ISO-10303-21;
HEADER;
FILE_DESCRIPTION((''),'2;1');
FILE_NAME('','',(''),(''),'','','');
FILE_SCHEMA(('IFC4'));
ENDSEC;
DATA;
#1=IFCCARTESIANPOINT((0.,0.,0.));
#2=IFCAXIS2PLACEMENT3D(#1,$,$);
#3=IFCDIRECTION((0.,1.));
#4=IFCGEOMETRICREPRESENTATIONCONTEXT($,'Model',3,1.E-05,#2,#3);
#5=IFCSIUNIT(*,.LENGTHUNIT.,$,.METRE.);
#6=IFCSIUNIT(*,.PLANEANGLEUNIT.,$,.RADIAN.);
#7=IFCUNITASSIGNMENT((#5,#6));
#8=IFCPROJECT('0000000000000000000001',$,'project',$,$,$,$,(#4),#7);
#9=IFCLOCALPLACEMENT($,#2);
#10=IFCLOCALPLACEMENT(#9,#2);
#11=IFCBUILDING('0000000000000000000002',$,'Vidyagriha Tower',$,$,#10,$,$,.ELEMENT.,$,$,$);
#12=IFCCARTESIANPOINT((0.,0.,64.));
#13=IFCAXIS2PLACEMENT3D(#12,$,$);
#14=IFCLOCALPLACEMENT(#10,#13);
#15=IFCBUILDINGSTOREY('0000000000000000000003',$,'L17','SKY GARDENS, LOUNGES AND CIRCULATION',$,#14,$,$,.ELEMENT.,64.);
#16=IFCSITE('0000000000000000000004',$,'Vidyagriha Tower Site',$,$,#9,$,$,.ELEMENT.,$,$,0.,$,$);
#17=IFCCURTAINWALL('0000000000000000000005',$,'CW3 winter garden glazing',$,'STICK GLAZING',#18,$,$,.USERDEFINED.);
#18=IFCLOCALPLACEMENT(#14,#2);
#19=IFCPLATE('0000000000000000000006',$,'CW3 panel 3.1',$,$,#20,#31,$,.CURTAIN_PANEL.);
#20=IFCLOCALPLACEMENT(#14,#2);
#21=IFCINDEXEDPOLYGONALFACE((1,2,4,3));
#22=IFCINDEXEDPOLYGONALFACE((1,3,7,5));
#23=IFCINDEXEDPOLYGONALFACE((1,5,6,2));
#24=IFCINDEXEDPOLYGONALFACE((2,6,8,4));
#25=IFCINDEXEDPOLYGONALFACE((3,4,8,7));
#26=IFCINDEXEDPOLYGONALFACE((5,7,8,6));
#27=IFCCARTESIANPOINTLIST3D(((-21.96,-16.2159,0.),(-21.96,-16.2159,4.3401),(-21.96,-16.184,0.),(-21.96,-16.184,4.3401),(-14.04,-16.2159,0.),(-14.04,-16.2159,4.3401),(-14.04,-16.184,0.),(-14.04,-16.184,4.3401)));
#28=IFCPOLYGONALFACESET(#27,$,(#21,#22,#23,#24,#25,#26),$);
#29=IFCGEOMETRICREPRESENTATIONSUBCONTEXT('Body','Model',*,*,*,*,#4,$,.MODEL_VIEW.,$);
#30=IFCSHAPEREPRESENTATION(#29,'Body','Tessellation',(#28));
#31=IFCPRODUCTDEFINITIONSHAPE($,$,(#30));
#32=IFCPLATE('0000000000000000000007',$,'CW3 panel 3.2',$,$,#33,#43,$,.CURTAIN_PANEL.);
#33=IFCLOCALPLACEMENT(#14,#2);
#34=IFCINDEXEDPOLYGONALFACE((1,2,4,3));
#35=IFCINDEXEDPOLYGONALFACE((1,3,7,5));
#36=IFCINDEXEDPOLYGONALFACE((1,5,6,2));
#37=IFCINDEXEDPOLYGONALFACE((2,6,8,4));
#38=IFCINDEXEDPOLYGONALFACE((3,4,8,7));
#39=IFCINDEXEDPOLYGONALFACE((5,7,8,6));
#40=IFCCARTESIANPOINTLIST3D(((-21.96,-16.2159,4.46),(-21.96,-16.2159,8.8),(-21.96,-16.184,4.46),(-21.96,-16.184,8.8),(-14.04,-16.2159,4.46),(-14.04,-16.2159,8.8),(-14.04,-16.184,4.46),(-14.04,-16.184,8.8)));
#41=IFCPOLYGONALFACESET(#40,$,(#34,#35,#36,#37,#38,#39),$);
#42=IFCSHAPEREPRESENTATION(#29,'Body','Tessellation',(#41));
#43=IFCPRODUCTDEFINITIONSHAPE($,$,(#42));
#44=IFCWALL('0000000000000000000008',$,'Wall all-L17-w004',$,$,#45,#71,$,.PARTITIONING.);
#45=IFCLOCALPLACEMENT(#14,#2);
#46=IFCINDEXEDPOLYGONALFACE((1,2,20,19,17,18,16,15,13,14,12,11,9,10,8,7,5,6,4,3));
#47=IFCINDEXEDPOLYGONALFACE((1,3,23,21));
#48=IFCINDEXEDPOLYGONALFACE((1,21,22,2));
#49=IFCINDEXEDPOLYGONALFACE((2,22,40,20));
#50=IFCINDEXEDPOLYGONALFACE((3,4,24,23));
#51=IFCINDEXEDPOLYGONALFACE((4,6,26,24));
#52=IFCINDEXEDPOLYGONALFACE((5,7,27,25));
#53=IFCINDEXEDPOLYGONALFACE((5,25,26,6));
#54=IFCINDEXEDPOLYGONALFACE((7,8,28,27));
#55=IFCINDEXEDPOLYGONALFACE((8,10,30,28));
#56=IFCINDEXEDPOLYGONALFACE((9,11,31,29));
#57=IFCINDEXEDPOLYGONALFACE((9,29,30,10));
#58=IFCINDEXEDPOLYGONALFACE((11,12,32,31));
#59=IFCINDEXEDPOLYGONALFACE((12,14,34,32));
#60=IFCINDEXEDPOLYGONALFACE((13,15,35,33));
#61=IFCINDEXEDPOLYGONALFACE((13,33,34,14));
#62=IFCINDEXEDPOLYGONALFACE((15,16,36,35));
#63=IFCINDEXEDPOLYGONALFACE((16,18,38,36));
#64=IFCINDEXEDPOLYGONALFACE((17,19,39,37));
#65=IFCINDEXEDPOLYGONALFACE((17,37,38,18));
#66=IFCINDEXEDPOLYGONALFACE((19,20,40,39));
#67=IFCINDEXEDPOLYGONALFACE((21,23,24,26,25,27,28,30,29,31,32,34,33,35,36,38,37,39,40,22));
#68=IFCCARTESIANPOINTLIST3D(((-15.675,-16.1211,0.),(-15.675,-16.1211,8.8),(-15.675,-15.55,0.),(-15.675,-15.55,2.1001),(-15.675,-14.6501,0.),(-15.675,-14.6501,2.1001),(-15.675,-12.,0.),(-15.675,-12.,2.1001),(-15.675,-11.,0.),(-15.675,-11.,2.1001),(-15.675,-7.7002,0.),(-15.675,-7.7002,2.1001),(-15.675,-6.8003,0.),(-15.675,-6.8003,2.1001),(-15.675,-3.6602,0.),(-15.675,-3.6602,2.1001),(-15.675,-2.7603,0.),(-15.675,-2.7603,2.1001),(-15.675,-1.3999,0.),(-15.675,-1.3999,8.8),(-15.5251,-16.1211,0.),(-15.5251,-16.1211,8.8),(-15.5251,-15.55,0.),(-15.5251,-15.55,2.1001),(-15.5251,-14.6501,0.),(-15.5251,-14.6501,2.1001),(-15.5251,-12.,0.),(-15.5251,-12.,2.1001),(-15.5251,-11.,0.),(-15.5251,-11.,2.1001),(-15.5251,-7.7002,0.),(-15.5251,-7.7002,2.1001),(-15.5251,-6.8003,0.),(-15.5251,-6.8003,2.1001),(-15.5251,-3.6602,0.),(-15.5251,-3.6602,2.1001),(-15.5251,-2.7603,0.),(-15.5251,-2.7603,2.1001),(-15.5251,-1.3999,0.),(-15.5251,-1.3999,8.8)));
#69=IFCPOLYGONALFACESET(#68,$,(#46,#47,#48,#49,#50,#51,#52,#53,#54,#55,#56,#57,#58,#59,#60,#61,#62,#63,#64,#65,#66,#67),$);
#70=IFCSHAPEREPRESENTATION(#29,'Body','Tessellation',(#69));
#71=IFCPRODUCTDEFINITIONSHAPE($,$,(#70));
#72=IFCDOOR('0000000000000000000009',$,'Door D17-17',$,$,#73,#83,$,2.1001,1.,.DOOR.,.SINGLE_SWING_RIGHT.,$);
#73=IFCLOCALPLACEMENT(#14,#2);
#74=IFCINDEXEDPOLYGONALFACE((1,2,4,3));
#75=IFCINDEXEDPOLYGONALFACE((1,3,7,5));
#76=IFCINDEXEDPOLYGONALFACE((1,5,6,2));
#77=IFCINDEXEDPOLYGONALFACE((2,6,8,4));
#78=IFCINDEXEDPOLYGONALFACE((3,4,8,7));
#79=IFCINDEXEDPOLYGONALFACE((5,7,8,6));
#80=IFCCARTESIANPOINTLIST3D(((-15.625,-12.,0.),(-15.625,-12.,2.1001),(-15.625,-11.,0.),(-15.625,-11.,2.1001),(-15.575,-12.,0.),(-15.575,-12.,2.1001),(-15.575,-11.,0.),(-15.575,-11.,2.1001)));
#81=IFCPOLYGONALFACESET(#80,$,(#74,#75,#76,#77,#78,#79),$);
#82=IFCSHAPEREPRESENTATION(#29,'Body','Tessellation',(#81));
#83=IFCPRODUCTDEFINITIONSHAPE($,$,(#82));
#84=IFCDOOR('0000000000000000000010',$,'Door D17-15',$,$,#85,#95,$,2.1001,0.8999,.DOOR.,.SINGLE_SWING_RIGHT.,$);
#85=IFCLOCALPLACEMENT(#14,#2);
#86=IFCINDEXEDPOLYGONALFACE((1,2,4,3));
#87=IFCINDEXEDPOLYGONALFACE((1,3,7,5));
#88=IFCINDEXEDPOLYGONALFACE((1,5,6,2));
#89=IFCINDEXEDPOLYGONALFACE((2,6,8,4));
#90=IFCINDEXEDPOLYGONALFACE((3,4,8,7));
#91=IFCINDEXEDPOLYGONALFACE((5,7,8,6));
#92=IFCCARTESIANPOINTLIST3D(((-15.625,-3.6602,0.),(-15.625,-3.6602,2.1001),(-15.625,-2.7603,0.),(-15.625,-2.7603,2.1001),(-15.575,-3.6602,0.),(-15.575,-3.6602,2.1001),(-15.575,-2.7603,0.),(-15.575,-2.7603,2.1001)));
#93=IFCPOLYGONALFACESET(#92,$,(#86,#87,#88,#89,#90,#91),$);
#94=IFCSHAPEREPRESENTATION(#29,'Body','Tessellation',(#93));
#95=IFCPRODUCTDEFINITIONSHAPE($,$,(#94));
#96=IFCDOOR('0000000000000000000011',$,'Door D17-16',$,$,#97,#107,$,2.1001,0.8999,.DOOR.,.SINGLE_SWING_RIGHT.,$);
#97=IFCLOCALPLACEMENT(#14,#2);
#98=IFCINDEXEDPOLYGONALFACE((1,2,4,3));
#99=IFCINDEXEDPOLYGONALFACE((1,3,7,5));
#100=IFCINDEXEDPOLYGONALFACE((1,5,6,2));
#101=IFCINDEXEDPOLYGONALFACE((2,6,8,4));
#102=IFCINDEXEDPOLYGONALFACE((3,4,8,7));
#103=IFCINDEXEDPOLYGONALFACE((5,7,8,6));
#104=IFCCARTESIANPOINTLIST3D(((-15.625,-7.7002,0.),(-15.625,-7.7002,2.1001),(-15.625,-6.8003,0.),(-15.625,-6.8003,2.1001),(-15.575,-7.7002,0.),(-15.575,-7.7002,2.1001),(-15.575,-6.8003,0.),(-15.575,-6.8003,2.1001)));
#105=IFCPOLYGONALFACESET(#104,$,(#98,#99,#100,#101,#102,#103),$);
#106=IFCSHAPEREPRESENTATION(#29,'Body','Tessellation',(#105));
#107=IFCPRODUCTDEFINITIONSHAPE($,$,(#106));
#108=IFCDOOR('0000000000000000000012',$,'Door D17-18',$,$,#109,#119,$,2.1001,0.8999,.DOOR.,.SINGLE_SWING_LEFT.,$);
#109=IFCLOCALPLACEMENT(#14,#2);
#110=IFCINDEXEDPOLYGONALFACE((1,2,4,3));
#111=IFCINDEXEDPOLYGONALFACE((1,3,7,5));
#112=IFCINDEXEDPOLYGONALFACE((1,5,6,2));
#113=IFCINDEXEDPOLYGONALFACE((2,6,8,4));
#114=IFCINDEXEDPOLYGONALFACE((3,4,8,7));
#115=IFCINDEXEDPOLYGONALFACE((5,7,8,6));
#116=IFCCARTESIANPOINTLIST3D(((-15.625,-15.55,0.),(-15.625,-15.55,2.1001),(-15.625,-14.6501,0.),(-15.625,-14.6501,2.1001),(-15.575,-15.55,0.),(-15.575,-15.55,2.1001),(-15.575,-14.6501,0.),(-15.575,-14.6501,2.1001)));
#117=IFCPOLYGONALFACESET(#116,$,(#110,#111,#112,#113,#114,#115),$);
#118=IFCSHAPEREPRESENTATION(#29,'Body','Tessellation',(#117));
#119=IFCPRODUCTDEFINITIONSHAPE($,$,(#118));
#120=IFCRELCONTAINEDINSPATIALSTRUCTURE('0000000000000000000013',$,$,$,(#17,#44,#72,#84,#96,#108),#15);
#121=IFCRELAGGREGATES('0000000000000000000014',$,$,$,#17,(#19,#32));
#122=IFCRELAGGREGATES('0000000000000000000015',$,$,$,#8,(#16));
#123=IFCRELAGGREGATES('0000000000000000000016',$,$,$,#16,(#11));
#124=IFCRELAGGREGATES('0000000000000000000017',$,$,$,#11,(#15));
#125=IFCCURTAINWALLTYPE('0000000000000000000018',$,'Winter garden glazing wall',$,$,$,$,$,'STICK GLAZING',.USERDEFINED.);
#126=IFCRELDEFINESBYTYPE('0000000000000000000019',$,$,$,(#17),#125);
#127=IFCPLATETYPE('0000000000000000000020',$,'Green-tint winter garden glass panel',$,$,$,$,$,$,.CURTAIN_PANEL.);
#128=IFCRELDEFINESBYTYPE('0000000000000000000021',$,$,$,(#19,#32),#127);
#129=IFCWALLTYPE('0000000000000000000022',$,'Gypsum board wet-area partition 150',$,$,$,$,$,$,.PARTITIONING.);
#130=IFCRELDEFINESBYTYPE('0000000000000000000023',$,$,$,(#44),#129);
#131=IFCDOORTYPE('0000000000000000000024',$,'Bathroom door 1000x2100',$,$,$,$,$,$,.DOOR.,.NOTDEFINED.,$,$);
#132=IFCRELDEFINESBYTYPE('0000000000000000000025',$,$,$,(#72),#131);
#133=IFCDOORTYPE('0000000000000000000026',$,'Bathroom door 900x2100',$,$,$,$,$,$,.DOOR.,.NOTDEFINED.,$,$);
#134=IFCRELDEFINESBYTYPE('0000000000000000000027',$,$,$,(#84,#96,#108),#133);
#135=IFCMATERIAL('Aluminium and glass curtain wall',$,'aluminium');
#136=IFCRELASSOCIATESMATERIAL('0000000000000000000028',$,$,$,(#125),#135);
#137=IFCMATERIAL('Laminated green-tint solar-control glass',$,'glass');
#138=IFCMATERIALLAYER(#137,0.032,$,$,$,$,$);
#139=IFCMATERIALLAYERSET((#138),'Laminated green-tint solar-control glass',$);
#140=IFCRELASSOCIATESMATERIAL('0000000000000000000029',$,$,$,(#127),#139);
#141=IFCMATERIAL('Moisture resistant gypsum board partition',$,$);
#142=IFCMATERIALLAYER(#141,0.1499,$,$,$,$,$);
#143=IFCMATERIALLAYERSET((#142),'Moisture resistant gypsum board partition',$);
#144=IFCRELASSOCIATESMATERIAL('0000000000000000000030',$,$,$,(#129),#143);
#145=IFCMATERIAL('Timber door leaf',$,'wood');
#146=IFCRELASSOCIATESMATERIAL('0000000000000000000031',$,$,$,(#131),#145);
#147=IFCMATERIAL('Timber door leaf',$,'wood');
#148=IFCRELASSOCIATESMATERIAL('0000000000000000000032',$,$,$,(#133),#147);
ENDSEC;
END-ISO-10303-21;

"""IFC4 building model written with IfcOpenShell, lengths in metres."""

from ifc_helpers import new_model, si_unit, direction, frame, frame_2d, origin, origin_2d, place, context, subcontext, project, spatial, rectangle, extrude, material, layer, layer_set, type_object, element, fill, aggregate, save


model = new_model("IFC4")

# Units and contexts
model_context = context("Model", 3, precision=1e-05, world=origin(), true_north=direction((0.0, 1.0)))
body_context = subcontext(model_context, "Body", "Model", "MODEL_VIEW")
ifc_project = project(units=[si_unit("LENGTHUNIT", "METRE"), si_unit("PLANEANGLEUNIT", "RADIAN")], contexts=[model_context])

# Site, building, storey
site_placement = place(None, origin())
site = spatial("IfcSite", under=ifc_project, at=site_placement, Name="Vidyagriha Tower Site", CompositionType="ELEMENT", RefElevation=0.0)
building_placement = place(site_placement, origin())
building = spatial("IfcBuilding", under=site, at=building_placement, Name="Vidyagriha Tower", CompositionType="ELEMENT")
storey_placement = place(building_placement, frame((0.0, 0.0, 64.0)))
storey = spatial("IfcBuildingStorey", under=building, at=storey_placement, Name="L17", Description="SKY GARDENS, LOUNGES AND CIRCULATION", CompositionType="ELEMENT", Elevation=64.0)

# Curtain wall, plates
ifc_material_1 = material(Name="Aluminium and glass curtain wall", Category="aluminium")
curtain_wall_type = type_object("IfcCurtainWallType", Name="Winter garden glazing wall", ElementType="STICK GLAZING", PredefinedType="USERDEFINED", material=ifc_material_1)
curtain_wall_placement = place(storey_placement, origin())
curtain_wall = element("IfcCurtainWall", 1, at=curtain_wall_placement, inside=storey, type_object=curtain_wall_type, Name="CW3 winter garden glazing", ObjectType="STICK GLAZING", PredefinedType="USERDEFINED")
ifc_material_2 = material(Name="Laminated green-tint solar-control glass", Category="glass")
ifc_layer_1 = layer(ifc_material_2, 0.032)
ifc_layer_set_1 = layer_set([ifc_layer_1], Name="Laminated green-tint solar-control glass")
plate_type = type_object("IfcPlateType", Name="Green-tint winter garden glass panel", PredefinedType="CURTAIN_PANEL", material=ifc_layer_set_1)
plate_1_placement = place(storey_placement, frame((-18.0, -16.2, 0.0)))
plate_1 = element("IfcPlate", 2, at=plate_1_placement, type_object=plate_type, Name="CW3 panel 3.1", PredefinedType="CURTAIN_PANEL", context=body_context, shape_type="SweptSolid", body=[
    extrude(rectangle(XDim=7.9199, YDim=0.032, at=origin_2d()), origin(), (0.0, 0.0, 1.0), 4.3401),
])
plate_2_placement = place(storey_placement, frame((-18.0, -16.2, 4.46)))
plate_2 = element("IfcPlate", 3, at=plate_2_placement, type_object=plate_type, Name="CW3 panel 3.2", PredefinedType="CURTAIN_PANEL", context=body_context, shape_type="SweptSolid", body=[
    extrude(rectangle(XDim=7.9199, YDim=0.032, at=origin_2d()), origin(), (0.0, 0.0, 1.0), 4.3401),
])
aggregate(curtain_wall, [plate_1, plate_2])

# Wall, openings, doors
ifc_material_3 = material(Name="Moisture resistant gypsum board partition")
ifc_layer_2 = layer(ifc_material_3, 0.1499)
ifc_layer_set_2 = layer_set([ifc_layer_2], Name="Moisture resistant gypsum board partition")
wall_type = type_object("IfcWallType", Name="Gypsum board wet-area partition 150", PredefinedType="PARTITIONING", material=ifc_layer_set_2)
wall_placement = place(storey_placement, frame((-15.6001, -16.1211, 0.0), z_axis=(0.0, 0.0, 1.0), x_axis=(0.0, 1.0, 0.0)))
wall = element("IfcWall", 4, at=wall_placement, inside=storey, type_object=wall_type, Name="Wall all-L17-w004", PredefinedType="PARTITIONING", context=body_context, shape_type="SweptSolid", body=[
    extrude(rectangle(XDim=14.7212, YDim=0.1499, at=frame_2d((7.3606, 0.0))), origin(), (0.0, 0.0, 1.0), 8.8),
])
opening_1_placement = place(wall_placement, frame((12.4609, 0.0, 0.0)))
opening_1 = element("IfcOpeningElement", 5, at=opening_1_placement, cuts=wall, PredefinedType="OPENING", context=body_context, shape_type="SweptSolid", body=[
    extrude(rectangle(XDim=0.8999, YDim=2.1001, at=frame_2d((0.45, 1.05))), frame((0.0, 0.085, 0.0), z_axis=(0.0, -1.0, 0.0), x_axis=(1.0, 0.0, 0.0)), (0.0, 0.0, 1.0), 0.1699),
])
opening_2_placement = place(wall_placement, frame((8.4209, 0.0, 0.0)))
opening_2 = element("IfcOpeningElement", 6, at=opening_2_placement, cuts=wall, PredefinedType="OPENING", context=body_context, shape_type="SweptSolid", body=[
    extrude(rectangle(XDim=0.8999, YDim=2.1001, at=frame_2d((0.45, 1.05))), frame((0.0, 0.085, 0.0), z_axis=(0.0, -1.0, 0.0), x_axis=(1.0, 0.0, 0.0)), (0.0, 0.0, 1.0), 0.1699),
])
opening_3_placement = place(wall_placement, frame((4.1211, 0.0, 0.0)))
opening_3 = element("IfcOpeningElement", 7, at=opening_3_placement, cuts=wall, PredefinedType="OPENING", context=body_context, shape_type="SweptSolid", body=[
    extrude(rectangle(XDim=1.0, YDim=2.1001, at=frame_2d((0.5, 1.05))), frame((0.0, 0.085, 0.0), z_axis=(0.0, -1.0, 0.0), x_axis=(1.0, 0.0, 0.0)), (0.0, 0.0, 1.0), 0.1699),
])
opening_4_placement = place(wall_placement, frame((0.571, 0.0, 0.0)))
opening_4 = element("IfcOpeningElement", 8, at=opening_4_placement, cuts=wall, PredefinedType="OPENING", context=body_context, shape_type="SweptSolid", body=[
    extrude(rectangle(XDim=0.8999, YDim=2.1001, at=frame_2d((0.45, 1.05))), frame((0.0, 0.085, 0.0), z_axis=(0.0, -1.0, 0.0), x_axis=(1.0, 0.0, 0.0)), (0.0, 0.0, 1.0), 0.1699),
])
ifc_material_4 = material(Name="Timber door leaf", Category="wood")
door_type_1 = type_object("IfcDoorType", Name="Bathroom door 1000x2100", OperationType="NOTDEFINED", PredefinedType="DOOR", material=ifc_material_4)
door_1_placement = place(opening_3_placement, origin())
door_1 = element("IfcDoor", 9, at=door_1_placement, inside=storey, type_object=door_type_1, Name="Door D17-17", OperationType="SINGLE_SWING_RIGHT", OverallHeight=2.1001, OverallWidth=1.0, PredefinedType="DOOR", context=body_context, shape_type="SweptSolid", body=[
    extrude(rectangle(XDim=1.0, YDim=2.1001, at=frame_2d((0.5, 1.05))), frame((0.0, 0.0249, 0.0), z_axis=(0.0, -1.0, 0.0), x_axis=(1.0, 0.0, 0.0)), (0.0, 0.0, 1.0), 0.05),
])
fill(opening_3, door_1)
ifc_material_5 = material(Name="Timber door leaf", Category="wood")
door_type_2 = type_object("IfcDoorType", Name="Bathroom door 900x2100", OperationType="NOTDEFINED", PredefinedType="DOOR", material=ifc_material_5)
door_2_placement = place(opening_1_placement, origin())
door_2 = element("IfcDoor", 10, at=door_2_placement, inside=storey, type_object=door_type_2, Name="Door D17-15", OperationType="SINGLE_SWING_RIGHT", OverallHeight=2.1001, OverallWidth=0.8999, PredefinedType="DOOR", context=body_context, shape_type="SweptSolid", body=[
    extrude(rectangle(XDim=0.8999, YDim=2.1001, at=frame_2d((0.45, 1.05))), frame((0.0, 0.0249, 0.0), z_axis=(0.0, -1.0, 0.0), x_axis=(1.0, 0.0, 0.0)), (0.0, 0.0, 1.0), 0.05),
])
fill(opening_1, door_2)
door_3_placement = place(opening_2_placement, origin())
door_3 = element("IfcDoor", 11, at=door_3_placement, inside=storey, type_object=door_type_2, Name="Door D17-16", OperationType="SINGLE_SWING_RIGHT", OverallHeight=2.1001, OverallWidth=0.8999, PredefinedType="DOOR", context=body_context, shape_type="SweptSolid", body=[
    extrude(rectangle(XDim=0.8999, YDim=2.1001, at=frame_2d((0.45, 1.05))), frame((0.0, 0.0249, 0.0), z_axis=(0.0, -1.0, 0.0), x_axis=(1.0, 0.0, 0.0)), (0.0, 0.0, 1.0), 0.05),
])
fill(opening_2, door_3)
door_4_placement = place(opening_4_placement, origin())
door_4 = element("IfcDoor", 12, at=door_4_placement, inside=storey, type_object=door_type_2, Name="Door D17-18", OperationType="SINGLE_SWING_LEFT", OverallHeight=2.1001, OverallWidth=0.8999, PredefinedType="DOOR", context=body_context, shape_type="SweptSolid", body=[
    extrude(rectangle(XDim=0.8999, YDim=2.1001, at=frame_2d((0.45, 1.05))), frame((0.0, 0.0249, 0.0), z_axis=(0.0, -1.0, 0.0), x_axis=(1.0, 0.0, 0.0)), (0.0, 0.0, 1.0), 0.05),
])
fill(opening_4, door_4)

save(model, "model.ifc")
